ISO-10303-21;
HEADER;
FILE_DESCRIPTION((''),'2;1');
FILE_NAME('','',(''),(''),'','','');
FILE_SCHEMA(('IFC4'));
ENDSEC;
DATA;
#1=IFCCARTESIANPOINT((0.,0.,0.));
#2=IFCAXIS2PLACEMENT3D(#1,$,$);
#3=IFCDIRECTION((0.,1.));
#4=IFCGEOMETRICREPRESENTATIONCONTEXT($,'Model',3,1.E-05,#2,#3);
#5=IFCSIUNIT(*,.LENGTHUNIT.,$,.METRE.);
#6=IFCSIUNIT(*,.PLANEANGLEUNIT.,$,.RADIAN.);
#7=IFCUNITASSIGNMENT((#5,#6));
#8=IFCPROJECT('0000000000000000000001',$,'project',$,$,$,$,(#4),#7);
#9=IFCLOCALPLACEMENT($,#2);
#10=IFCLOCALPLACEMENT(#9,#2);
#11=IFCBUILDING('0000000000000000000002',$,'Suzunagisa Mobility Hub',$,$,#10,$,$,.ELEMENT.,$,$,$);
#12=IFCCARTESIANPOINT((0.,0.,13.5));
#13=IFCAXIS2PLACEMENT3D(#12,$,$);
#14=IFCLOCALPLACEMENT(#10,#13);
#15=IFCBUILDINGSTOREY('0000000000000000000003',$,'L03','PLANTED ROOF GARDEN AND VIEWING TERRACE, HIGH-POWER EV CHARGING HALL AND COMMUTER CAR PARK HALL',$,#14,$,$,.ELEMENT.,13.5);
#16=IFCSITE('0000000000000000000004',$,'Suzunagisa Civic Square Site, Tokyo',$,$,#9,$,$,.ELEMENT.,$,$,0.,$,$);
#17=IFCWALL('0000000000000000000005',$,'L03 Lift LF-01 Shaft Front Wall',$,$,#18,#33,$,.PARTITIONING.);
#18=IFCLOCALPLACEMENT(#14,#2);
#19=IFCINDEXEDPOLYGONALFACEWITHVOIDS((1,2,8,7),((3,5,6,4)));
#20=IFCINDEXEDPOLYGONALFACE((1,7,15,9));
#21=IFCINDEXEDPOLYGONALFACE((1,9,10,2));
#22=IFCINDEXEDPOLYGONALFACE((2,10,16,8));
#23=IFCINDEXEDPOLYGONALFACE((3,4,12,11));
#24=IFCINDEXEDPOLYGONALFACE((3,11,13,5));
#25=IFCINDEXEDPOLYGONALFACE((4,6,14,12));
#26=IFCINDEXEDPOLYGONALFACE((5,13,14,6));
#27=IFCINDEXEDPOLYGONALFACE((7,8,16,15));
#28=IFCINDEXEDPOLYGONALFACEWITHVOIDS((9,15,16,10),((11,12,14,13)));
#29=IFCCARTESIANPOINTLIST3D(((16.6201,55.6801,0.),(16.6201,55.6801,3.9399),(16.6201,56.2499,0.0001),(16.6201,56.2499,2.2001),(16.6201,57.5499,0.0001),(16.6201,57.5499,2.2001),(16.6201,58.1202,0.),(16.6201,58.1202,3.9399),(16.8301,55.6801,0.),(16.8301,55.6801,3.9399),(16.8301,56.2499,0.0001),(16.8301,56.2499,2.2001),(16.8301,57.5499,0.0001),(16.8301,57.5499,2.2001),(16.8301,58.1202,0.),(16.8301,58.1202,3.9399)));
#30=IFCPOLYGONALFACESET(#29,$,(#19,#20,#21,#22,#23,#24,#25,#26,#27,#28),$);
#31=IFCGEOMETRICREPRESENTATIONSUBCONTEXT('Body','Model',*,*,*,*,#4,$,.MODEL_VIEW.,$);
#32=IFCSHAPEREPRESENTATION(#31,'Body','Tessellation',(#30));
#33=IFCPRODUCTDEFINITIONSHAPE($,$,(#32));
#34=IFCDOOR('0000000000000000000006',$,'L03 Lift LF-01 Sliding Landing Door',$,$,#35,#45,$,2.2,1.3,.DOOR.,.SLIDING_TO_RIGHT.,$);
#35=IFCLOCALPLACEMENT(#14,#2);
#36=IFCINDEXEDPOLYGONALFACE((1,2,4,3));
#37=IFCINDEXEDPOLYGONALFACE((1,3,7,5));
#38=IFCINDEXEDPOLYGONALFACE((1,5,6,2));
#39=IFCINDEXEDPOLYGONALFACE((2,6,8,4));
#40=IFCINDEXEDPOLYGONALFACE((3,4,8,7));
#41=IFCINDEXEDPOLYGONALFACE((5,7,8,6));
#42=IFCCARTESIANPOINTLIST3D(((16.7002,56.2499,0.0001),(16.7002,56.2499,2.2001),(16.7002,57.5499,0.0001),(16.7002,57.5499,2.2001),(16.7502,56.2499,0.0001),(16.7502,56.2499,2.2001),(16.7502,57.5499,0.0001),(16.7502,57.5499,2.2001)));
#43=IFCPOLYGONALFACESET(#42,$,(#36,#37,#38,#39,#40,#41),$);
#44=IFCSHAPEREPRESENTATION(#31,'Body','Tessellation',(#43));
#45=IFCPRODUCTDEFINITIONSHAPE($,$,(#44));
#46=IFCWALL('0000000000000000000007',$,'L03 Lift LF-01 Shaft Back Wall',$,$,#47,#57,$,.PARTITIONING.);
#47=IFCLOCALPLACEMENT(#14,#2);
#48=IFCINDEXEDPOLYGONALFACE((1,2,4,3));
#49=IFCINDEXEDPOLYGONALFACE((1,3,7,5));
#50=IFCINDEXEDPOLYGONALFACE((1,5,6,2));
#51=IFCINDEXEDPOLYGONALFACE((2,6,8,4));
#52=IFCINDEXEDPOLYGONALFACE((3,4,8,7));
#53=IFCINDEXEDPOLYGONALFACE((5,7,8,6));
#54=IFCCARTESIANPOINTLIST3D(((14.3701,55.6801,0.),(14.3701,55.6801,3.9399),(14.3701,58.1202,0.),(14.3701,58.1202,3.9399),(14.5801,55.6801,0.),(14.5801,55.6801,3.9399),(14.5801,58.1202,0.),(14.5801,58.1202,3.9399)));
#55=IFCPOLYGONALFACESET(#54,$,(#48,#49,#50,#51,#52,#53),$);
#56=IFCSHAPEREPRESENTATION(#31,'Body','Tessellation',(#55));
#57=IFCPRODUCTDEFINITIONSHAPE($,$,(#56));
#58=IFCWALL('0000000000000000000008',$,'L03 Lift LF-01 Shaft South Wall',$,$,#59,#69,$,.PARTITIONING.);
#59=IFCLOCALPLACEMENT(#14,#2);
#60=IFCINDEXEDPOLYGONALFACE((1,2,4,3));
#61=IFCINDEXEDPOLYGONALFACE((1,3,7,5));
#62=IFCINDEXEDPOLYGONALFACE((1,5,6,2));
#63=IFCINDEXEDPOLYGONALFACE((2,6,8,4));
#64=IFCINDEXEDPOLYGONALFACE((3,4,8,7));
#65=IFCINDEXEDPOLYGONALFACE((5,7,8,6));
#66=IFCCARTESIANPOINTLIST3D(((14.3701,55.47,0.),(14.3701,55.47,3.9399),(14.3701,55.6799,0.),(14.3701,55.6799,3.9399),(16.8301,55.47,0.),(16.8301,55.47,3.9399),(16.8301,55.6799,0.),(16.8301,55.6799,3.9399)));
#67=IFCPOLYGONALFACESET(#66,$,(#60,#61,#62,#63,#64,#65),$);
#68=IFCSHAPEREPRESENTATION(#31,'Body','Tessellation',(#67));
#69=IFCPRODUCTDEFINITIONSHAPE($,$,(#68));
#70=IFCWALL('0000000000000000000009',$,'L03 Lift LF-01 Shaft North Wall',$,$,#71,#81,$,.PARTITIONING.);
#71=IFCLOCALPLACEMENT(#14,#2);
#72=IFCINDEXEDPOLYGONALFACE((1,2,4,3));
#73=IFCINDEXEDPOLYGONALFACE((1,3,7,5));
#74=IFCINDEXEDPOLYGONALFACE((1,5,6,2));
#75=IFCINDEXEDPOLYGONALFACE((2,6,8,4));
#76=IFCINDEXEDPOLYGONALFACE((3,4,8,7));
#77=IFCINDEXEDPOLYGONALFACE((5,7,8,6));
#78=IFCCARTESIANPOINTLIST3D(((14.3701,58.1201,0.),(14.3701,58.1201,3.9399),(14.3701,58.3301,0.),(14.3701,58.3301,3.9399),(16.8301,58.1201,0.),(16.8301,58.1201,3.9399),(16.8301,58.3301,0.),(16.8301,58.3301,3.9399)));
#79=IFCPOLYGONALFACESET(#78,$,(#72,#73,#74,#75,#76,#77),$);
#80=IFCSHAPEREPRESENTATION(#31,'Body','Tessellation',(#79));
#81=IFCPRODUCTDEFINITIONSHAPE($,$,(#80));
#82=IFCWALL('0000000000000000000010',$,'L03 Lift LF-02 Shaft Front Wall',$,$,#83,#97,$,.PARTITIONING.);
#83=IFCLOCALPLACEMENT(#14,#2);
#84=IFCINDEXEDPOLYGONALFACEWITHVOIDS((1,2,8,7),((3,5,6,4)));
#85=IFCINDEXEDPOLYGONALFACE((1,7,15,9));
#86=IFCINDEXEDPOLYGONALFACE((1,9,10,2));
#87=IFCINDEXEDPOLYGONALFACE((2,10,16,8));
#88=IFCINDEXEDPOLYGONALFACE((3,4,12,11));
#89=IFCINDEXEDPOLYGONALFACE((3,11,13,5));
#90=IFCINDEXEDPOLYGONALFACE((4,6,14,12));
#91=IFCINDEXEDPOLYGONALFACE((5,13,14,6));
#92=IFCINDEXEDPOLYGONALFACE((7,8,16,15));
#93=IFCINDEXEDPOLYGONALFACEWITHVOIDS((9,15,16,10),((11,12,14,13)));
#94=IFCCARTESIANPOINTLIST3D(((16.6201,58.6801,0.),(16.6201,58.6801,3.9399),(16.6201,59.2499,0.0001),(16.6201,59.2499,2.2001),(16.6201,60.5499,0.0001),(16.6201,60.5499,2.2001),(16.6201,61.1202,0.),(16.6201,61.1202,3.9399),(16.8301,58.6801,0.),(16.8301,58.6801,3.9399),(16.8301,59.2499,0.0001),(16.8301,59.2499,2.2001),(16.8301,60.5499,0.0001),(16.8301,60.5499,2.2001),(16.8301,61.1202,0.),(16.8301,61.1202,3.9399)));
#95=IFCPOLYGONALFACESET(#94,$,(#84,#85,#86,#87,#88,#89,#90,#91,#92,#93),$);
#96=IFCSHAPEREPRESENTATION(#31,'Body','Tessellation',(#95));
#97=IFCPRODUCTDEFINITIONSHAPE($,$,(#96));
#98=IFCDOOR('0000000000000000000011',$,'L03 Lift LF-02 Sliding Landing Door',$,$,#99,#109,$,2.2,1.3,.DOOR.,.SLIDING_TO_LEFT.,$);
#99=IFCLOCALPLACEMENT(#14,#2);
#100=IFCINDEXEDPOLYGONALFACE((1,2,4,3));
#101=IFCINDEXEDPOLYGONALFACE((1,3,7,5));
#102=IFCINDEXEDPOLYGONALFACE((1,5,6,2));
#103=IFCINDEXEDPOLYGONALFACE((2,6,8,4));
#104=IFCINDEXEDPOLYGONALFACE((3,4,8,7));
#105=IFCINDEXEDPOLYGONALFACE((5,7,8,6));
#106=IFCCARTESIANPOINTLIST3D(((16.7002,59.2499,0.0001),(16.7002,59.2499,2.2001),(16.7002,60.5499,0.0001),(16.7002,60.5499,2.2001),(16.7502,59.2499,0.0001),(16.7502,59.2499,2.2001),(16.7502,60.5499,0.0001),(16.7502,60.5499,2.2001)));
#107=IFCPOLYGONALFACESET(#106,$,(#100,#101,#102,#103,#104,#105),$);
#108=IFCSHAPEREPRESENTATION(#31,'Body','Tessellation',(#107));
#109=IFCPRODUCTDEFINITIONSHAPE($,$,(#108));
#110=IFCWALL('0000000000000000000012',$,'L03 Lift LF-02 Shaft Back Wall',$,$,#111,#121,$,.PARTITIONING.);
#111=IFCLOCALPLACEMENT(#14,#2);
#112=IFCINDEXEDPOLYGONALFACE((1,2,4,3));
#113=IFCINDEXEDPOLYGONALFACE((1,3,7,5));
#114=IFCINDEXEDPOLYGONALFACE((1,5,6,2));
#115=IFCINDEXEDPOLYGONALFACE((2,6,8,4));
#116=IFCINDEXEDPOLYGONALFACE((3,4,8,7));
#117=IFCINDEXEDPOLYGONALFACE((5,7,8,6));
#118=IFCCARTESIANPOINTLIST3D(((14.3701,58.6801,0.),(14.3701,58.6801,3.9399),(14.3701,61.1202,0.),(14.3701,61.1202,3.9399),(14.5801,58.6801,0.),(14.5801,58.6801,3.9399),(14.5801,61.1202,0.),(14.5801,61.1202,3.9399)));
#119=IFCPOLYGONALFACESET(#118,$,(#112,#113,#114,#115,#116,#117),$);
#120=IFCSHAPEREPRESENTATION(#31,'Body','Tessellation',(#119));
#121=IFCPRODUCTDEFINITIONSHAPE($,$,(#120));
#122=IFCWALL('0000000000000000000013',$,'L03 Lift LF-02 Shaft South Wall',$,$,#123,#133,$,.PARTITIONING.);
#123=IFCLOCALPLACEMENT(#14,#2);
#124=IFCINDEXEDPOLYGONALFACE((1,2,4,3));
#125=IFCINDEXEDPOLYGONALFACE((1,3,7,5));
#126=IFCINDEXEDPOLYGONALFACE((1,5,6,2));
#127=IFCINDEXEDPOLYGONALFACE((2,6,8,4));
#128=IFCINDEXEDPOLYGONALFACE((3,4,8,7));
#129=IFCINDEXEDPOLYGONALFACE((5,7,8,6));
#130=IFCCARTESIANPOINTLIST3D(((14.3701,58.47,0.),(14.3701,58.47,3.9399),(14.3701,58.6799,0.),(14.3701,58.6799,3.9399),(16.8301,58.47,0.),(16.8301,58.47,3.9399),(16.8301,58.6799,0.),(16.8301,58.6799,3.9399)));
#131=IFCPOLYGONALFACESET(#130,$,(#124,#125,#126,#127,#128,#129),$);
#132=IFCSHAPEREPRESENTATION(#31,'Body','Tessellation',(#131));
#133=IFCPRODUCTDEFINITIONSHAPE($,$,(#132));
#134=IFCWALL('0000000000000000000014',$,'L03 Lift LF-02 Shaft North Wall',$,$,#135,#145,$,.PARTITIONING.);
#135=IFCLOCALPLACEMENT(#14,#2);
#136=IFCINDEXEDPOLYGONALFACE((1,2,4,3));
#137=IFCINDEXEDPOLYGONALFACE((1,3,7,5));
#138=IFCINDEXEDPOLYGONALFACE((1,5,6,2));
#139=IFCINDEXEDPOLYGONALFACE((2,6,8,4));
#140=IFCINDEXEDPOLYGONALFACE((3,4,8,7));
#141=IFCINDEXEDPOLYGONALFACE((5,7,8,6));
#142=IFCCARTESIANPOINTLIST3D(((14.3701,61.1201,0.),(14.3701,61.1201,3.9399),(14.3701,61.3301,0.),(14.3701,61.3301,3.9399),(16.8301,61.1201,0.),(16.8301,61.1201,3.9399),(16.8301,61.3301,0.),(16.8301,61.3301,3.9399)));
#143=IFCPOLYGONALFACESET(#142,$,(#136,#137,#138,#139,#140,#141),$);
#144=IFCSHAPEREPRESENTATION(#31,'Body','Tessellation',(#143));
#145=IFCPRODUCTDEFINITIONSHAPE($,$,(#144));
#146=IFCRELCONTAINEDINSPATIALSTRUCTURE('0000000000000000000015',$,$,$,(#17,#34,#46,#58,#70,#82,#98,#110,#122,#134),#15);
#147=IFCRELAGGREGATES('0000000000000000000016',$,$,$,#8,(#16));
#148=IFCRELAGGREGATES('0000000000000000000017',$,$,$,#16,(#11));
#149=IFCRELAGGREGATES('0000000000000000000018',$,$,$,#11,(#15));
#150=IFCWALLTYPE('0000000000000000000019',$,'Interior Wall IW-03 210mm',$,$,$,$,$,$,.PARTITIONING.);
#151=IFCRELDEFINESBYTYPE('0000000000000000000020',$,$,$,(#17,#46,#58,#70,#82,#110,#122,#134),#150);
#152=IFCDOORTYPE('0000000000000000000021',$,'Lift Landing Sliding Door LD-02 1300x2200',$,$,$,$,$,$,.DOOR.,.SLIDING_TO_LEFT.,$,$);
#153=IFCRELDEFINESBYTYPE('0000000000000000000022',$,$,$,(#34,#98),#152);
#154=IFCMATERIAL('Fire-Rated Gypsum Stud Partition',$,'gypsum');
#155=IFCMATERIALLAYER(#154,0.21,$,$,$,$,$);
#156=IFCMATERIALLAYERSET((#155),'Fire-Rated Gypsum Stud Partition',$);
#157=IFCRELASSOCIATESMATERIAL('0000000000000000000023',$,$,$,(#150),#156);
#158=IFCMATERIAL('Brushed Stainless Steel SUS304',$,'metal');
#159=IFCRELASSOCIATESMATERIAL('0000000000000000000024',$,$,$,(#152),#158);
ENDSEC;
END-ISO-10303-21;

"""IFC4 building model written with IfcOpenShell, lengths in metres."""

from ifc_helpers import new_model, si_unit, direction, frame, frame_2d, origin, place, context, subcontext, project, spatial, rectangle, extrude, material, layer, layer_set, type_object, element, fill, save


model = new_model("IFC4")

# Units and contexts
model_context = context("Model", 3, precision=1e-05, world=origin(), true_north=direction((0.0, 1.0)))
body_context = subcontext(model_context, "Body", "Model", "MODEL_VIEW")
ifc_project = project(units=[si_unit("LENGTHUNIT", "METRE"), si_unit("PLANEANGLEUNIT", "RADIAN")], contexts=[model_context])

# Site, building, storey
site_placement = place(None, origin())
site = spatial("IfcSite", under=ifc_project, at=site_placement, Name="Suzunagisa Civic Square Site, Tokyo", CompositionType="ELEMENT", RefElevation=0.0)
building_placement = place(site_placement, origin())
building = spatial("IfcBuilding", under=site, at=building_placement, Name="Suzunagisa Mobility Hub", CompositionType="ELEMENT")
storey_placement = place(building_placement, frame((0.0, 0.0, 13.5)))
storey = spatial("IfcBuildingStorey", under=building, at=storey_placement, Name="L03", Description="PLANTED ROOF GARDEN AND VIEWING TERRACE, HIGH-POWER EV CHARGING HALL AND COMMUTER CAR PARK HALL", CompositionType="ELEMENT", Elevation=13.5)

# Wall, opening, door
ifc_material_1 = material(Name="Fire-Rated Gypsum Stud Partition", Category="gypsum")
ifc_layer_1 = layer(ifc_material_1, 0.21)
ifc_layer_set_1 = layer_set([ifc_layer_1], Name="Fire-Rated Gypsum Stud Partition")
wall_type_1 = type_object("IfcWallType", Name="Interior Wall IW-03 210mm", PredefinedType="PARTITIONING", material=ifc_layer_set_1)
wall_1_placement = place(storey_placement, frame((16.7251, 55.6799, 0.0), z_axis=(0.0, 0.0, 1.0), x_axis=(0.0, 1.0, 0.0)))
wall_1 = element("IfcWall", 1, at=wall_1_placement, inside=storey, type_object=wall_type_1, Name="L03 Lift LF-01 Shaft Front Wall", PredefinedType="PARTITIONING", context=body_context, shape_type="SweptSolid", body=[
    extrude(rectangle(XDim=2.4402, YDim=0.21, at=frame_2d((1.2202, 0.0))), origin(), (0.0, 0.0, 1.0), 3.9399),
])
opening_1_placement = place(wall_1_placement, frame((0.5701, 0.0, 0.0)))
opening_1 = element("IfcOpeningElement", 2, at=opening_1_placement, cuts=wall_1, PredefinedType="OPENING", context=body_context, shape_type="SweptSolid", body=[
    extrude(rectangle(XDim=1.3, YDim=2.2, at=frame_2d((0.6499, 1.1001))), frame((0.0, 0.116, 0.0), z_axis=(0.0, -1.0, 0.0), x_axis=(1.0, 0.0, 0.0)), (0.0, 0.0, 1.0), 0.2319),
])
ifc_material_2 = material(Name="Brushed Stainless Steel SUS304", Category="metal")
door_type = type_object("IfcDoorType", Name="Lift Landing Sliding Door LD-02 1300x2200", OperationType="SLIDING_TO_LEFT", PredefinedType="DOOR", material=ifc_material_2)
door_1_placement = place(opening_1_placement, origin())
door_1 = element("IfcDoor", 3, at=door_1_placement, inside=storey, type_object=door_type, Name="L03 Lift LF-01 Sliding Landing Door", OperationType="SLIDING_TO_RIGHT", OverallHeight=2.2, OverallWidth=1.3, PredefinedType="DOOR", context=body_context, shape_type="SweptSolid", body=[
    extrude(rectangle(XDim=1.3, YDim=2.2, at=frame_2d((0.6499, 1.1001))), frame((0.0, 0.0249, 0.0), z_axis=(0.0, -1.0, 0.0), x_axis=(1.0, 0.0, 0.0)), (0.0, 0.0, 1.0), 0.05),
])
fill(opening_1, door_1)

# Walls
wall_2_placement = place(storey_placement, frame((14.4751, 55.6799, 0.0), z_axis=(0.0, 0.0, 1.0), x_axis=(0.0, 1.0, 0.0)))
element("IfcWall", 4, at=wall_2_placement, inside=storey, type_object=wall_type_1, Name="L03 Lift LF-01 Shaft Back Wall", PredefinedType="PARTITIONING", context=body_context, shape_type="SweptSolid", body=[
    extrude(rectangle(XDim=2.4402, YDim=0.21, at=frame_2d((1.2202, 0.0))), origin(), (0.0, 0.0, 1.0), 3.9399),
])
for number, where, z_axis, x_axis, name in (
    (5, (14.3701, 55.575, 0.0), (0.0, 0.0, 1.0), (1.0, 0.0, 0.0), "L03 Lift LF-01 Shaft South Wall"),
    (6, (14.3701, 58.2251, 0.0), (0.0, 0.0, 1.0), (1.0, 0.0, 0.0), "L03 Lift LF-01 Shaft North Wall"),
):
    element("IfcWall", number, at=place(storey_placement, frame(where, z_axis=z_axis, x_axis=x_axis)), inside=storey, type_object=wall_type_1, Name=name, PredefinedType="PARTITIONING", context=body_context, shape_type="SweptSolid", body=[
        extrude(rectangle(XDim=2.46, YDim=0.21, at=frame_2d((1.23, 0.0))), origin(), (0.0, 0.0, 1.0), 3.9399),
    ])

# Wall, opening, door
wall_3_placement = place(storey_placement, frame((16.7251, 58.6799, 0.0), z_axis=(0.0, 0.0, 1.0), x_axis=(0.0, 1.0, 0.0)))
wall_3 = element("IfcWall", 7, at=wall_3_placement, inside=storey, type_object=wall_type_1, Name="L03 Lift LF-02 Shaft Front Wall", PredefinedType="PARTITIONING", context=body_context, shape_type="SweptSolid", body=[
    extrude(rectangle(XDim=2.4402, YDim=0.21, at=frame_2d((1.2202, 0.0))), origin(), (0.0, 0.0, 1.0), 3.9399),
])
opening_2_placement = place(wall_3_placement, frame((0.5701, 0.0, 0.0)))
opening_2 = element("IfcOpeningElement", 8, at=opening_2_placement, cuts=wall_3, PredefinedType="OPENING", context=body_context, shape_type="SweptSolid", body=[
    extrude(rectangle(XDim=1.3, YDim=2.2, at=frame_2d((0.6499, 1.1001))), frame((0.0, 0.116, 0.0), z_axis=(0.0, -1.0, 0.0), x_axis=(1.0, 0.0, 0.0)), (0.0, 0.0, 1.0), 0.2319),
])
door_2_placement = place(opening_2_placement, origin())
door_2 = element("IfcDoor", 9, at=door_2_placement, inside=storey, type_object=door_type, Name="L03 Lift LF-02 Sliding Landing Door", OperationType="SLIDING_TO_LEFT", OverallHeight=2.2, OverallWidth=1.3, PredefinedType="DOOR", context=body_context, shape_type="SweptSolid", body=[
    extrude(rectangle(XDim=1.3, YDim=2.2, at=frame_2d((0.6499, 1.1001))), frame((0.0, 0.0249, 0.0), z_axis=(0.0, -1.0, 0.0), x_axis=(1.0, 0.0, 0.0)), (0.0, 0.0, 1.0), 0.05),
])
fill(opening_2, door_2)

# Walls
wall_4_placement = place(storey_placement, frame((14.4751, 58.6799, 0.0), z_axis=(0.0, 0.0, 1.0), x_axis=(0.0, 1.0, 0.0)))
element("IfcWall", 10, at=wall_4_placement, inside=storey, type_object=wall_type_1, Name="L03 Lift LF-02 Shaft Back Wall", PredefinedType="PARTITIONING", context=body_context, shape_type="SweptSolid", body=[
    extrude(rectangle(XDim=2.4402, YDim=0.21, at=frame_2d((1.2202, 0.0))), origin(), (0.0, 0.0, 1.0), 3.9399),
])
for number, where, z_axis, x_axis, name in (
    (11, (14.3701, 58.575, 0.0), (0.0, 0.0, 1.0), (1.0, 0.0, 0.0), "L03 Lift LF-02 Shaft South Wall"),
    (12, (14.3701, 61.2251, 0.0), (0.0, 0.0, 1.0), (1.0, 0.0, 0.0), "L03 Lift LF-02 Shaft North Wall"),
):
    element("IfcWall", number, at=place(storey_placement, frame(where, z_axis=z_axis, x_axis=x_axis)), inside=storey, type_object=wall_type_1, Name=name, PredefinedType="PARTITIONING", context=body_context, shape_type="SweptSolid", body=[
        extrude(rectangle(XDim=2.46, YDim=0.21, at=frame_2d((1.23, 0.0))), origin(), (0.0, 0.0, 1.0), 3.9399),
    ])

save(model, "model.ifc")
